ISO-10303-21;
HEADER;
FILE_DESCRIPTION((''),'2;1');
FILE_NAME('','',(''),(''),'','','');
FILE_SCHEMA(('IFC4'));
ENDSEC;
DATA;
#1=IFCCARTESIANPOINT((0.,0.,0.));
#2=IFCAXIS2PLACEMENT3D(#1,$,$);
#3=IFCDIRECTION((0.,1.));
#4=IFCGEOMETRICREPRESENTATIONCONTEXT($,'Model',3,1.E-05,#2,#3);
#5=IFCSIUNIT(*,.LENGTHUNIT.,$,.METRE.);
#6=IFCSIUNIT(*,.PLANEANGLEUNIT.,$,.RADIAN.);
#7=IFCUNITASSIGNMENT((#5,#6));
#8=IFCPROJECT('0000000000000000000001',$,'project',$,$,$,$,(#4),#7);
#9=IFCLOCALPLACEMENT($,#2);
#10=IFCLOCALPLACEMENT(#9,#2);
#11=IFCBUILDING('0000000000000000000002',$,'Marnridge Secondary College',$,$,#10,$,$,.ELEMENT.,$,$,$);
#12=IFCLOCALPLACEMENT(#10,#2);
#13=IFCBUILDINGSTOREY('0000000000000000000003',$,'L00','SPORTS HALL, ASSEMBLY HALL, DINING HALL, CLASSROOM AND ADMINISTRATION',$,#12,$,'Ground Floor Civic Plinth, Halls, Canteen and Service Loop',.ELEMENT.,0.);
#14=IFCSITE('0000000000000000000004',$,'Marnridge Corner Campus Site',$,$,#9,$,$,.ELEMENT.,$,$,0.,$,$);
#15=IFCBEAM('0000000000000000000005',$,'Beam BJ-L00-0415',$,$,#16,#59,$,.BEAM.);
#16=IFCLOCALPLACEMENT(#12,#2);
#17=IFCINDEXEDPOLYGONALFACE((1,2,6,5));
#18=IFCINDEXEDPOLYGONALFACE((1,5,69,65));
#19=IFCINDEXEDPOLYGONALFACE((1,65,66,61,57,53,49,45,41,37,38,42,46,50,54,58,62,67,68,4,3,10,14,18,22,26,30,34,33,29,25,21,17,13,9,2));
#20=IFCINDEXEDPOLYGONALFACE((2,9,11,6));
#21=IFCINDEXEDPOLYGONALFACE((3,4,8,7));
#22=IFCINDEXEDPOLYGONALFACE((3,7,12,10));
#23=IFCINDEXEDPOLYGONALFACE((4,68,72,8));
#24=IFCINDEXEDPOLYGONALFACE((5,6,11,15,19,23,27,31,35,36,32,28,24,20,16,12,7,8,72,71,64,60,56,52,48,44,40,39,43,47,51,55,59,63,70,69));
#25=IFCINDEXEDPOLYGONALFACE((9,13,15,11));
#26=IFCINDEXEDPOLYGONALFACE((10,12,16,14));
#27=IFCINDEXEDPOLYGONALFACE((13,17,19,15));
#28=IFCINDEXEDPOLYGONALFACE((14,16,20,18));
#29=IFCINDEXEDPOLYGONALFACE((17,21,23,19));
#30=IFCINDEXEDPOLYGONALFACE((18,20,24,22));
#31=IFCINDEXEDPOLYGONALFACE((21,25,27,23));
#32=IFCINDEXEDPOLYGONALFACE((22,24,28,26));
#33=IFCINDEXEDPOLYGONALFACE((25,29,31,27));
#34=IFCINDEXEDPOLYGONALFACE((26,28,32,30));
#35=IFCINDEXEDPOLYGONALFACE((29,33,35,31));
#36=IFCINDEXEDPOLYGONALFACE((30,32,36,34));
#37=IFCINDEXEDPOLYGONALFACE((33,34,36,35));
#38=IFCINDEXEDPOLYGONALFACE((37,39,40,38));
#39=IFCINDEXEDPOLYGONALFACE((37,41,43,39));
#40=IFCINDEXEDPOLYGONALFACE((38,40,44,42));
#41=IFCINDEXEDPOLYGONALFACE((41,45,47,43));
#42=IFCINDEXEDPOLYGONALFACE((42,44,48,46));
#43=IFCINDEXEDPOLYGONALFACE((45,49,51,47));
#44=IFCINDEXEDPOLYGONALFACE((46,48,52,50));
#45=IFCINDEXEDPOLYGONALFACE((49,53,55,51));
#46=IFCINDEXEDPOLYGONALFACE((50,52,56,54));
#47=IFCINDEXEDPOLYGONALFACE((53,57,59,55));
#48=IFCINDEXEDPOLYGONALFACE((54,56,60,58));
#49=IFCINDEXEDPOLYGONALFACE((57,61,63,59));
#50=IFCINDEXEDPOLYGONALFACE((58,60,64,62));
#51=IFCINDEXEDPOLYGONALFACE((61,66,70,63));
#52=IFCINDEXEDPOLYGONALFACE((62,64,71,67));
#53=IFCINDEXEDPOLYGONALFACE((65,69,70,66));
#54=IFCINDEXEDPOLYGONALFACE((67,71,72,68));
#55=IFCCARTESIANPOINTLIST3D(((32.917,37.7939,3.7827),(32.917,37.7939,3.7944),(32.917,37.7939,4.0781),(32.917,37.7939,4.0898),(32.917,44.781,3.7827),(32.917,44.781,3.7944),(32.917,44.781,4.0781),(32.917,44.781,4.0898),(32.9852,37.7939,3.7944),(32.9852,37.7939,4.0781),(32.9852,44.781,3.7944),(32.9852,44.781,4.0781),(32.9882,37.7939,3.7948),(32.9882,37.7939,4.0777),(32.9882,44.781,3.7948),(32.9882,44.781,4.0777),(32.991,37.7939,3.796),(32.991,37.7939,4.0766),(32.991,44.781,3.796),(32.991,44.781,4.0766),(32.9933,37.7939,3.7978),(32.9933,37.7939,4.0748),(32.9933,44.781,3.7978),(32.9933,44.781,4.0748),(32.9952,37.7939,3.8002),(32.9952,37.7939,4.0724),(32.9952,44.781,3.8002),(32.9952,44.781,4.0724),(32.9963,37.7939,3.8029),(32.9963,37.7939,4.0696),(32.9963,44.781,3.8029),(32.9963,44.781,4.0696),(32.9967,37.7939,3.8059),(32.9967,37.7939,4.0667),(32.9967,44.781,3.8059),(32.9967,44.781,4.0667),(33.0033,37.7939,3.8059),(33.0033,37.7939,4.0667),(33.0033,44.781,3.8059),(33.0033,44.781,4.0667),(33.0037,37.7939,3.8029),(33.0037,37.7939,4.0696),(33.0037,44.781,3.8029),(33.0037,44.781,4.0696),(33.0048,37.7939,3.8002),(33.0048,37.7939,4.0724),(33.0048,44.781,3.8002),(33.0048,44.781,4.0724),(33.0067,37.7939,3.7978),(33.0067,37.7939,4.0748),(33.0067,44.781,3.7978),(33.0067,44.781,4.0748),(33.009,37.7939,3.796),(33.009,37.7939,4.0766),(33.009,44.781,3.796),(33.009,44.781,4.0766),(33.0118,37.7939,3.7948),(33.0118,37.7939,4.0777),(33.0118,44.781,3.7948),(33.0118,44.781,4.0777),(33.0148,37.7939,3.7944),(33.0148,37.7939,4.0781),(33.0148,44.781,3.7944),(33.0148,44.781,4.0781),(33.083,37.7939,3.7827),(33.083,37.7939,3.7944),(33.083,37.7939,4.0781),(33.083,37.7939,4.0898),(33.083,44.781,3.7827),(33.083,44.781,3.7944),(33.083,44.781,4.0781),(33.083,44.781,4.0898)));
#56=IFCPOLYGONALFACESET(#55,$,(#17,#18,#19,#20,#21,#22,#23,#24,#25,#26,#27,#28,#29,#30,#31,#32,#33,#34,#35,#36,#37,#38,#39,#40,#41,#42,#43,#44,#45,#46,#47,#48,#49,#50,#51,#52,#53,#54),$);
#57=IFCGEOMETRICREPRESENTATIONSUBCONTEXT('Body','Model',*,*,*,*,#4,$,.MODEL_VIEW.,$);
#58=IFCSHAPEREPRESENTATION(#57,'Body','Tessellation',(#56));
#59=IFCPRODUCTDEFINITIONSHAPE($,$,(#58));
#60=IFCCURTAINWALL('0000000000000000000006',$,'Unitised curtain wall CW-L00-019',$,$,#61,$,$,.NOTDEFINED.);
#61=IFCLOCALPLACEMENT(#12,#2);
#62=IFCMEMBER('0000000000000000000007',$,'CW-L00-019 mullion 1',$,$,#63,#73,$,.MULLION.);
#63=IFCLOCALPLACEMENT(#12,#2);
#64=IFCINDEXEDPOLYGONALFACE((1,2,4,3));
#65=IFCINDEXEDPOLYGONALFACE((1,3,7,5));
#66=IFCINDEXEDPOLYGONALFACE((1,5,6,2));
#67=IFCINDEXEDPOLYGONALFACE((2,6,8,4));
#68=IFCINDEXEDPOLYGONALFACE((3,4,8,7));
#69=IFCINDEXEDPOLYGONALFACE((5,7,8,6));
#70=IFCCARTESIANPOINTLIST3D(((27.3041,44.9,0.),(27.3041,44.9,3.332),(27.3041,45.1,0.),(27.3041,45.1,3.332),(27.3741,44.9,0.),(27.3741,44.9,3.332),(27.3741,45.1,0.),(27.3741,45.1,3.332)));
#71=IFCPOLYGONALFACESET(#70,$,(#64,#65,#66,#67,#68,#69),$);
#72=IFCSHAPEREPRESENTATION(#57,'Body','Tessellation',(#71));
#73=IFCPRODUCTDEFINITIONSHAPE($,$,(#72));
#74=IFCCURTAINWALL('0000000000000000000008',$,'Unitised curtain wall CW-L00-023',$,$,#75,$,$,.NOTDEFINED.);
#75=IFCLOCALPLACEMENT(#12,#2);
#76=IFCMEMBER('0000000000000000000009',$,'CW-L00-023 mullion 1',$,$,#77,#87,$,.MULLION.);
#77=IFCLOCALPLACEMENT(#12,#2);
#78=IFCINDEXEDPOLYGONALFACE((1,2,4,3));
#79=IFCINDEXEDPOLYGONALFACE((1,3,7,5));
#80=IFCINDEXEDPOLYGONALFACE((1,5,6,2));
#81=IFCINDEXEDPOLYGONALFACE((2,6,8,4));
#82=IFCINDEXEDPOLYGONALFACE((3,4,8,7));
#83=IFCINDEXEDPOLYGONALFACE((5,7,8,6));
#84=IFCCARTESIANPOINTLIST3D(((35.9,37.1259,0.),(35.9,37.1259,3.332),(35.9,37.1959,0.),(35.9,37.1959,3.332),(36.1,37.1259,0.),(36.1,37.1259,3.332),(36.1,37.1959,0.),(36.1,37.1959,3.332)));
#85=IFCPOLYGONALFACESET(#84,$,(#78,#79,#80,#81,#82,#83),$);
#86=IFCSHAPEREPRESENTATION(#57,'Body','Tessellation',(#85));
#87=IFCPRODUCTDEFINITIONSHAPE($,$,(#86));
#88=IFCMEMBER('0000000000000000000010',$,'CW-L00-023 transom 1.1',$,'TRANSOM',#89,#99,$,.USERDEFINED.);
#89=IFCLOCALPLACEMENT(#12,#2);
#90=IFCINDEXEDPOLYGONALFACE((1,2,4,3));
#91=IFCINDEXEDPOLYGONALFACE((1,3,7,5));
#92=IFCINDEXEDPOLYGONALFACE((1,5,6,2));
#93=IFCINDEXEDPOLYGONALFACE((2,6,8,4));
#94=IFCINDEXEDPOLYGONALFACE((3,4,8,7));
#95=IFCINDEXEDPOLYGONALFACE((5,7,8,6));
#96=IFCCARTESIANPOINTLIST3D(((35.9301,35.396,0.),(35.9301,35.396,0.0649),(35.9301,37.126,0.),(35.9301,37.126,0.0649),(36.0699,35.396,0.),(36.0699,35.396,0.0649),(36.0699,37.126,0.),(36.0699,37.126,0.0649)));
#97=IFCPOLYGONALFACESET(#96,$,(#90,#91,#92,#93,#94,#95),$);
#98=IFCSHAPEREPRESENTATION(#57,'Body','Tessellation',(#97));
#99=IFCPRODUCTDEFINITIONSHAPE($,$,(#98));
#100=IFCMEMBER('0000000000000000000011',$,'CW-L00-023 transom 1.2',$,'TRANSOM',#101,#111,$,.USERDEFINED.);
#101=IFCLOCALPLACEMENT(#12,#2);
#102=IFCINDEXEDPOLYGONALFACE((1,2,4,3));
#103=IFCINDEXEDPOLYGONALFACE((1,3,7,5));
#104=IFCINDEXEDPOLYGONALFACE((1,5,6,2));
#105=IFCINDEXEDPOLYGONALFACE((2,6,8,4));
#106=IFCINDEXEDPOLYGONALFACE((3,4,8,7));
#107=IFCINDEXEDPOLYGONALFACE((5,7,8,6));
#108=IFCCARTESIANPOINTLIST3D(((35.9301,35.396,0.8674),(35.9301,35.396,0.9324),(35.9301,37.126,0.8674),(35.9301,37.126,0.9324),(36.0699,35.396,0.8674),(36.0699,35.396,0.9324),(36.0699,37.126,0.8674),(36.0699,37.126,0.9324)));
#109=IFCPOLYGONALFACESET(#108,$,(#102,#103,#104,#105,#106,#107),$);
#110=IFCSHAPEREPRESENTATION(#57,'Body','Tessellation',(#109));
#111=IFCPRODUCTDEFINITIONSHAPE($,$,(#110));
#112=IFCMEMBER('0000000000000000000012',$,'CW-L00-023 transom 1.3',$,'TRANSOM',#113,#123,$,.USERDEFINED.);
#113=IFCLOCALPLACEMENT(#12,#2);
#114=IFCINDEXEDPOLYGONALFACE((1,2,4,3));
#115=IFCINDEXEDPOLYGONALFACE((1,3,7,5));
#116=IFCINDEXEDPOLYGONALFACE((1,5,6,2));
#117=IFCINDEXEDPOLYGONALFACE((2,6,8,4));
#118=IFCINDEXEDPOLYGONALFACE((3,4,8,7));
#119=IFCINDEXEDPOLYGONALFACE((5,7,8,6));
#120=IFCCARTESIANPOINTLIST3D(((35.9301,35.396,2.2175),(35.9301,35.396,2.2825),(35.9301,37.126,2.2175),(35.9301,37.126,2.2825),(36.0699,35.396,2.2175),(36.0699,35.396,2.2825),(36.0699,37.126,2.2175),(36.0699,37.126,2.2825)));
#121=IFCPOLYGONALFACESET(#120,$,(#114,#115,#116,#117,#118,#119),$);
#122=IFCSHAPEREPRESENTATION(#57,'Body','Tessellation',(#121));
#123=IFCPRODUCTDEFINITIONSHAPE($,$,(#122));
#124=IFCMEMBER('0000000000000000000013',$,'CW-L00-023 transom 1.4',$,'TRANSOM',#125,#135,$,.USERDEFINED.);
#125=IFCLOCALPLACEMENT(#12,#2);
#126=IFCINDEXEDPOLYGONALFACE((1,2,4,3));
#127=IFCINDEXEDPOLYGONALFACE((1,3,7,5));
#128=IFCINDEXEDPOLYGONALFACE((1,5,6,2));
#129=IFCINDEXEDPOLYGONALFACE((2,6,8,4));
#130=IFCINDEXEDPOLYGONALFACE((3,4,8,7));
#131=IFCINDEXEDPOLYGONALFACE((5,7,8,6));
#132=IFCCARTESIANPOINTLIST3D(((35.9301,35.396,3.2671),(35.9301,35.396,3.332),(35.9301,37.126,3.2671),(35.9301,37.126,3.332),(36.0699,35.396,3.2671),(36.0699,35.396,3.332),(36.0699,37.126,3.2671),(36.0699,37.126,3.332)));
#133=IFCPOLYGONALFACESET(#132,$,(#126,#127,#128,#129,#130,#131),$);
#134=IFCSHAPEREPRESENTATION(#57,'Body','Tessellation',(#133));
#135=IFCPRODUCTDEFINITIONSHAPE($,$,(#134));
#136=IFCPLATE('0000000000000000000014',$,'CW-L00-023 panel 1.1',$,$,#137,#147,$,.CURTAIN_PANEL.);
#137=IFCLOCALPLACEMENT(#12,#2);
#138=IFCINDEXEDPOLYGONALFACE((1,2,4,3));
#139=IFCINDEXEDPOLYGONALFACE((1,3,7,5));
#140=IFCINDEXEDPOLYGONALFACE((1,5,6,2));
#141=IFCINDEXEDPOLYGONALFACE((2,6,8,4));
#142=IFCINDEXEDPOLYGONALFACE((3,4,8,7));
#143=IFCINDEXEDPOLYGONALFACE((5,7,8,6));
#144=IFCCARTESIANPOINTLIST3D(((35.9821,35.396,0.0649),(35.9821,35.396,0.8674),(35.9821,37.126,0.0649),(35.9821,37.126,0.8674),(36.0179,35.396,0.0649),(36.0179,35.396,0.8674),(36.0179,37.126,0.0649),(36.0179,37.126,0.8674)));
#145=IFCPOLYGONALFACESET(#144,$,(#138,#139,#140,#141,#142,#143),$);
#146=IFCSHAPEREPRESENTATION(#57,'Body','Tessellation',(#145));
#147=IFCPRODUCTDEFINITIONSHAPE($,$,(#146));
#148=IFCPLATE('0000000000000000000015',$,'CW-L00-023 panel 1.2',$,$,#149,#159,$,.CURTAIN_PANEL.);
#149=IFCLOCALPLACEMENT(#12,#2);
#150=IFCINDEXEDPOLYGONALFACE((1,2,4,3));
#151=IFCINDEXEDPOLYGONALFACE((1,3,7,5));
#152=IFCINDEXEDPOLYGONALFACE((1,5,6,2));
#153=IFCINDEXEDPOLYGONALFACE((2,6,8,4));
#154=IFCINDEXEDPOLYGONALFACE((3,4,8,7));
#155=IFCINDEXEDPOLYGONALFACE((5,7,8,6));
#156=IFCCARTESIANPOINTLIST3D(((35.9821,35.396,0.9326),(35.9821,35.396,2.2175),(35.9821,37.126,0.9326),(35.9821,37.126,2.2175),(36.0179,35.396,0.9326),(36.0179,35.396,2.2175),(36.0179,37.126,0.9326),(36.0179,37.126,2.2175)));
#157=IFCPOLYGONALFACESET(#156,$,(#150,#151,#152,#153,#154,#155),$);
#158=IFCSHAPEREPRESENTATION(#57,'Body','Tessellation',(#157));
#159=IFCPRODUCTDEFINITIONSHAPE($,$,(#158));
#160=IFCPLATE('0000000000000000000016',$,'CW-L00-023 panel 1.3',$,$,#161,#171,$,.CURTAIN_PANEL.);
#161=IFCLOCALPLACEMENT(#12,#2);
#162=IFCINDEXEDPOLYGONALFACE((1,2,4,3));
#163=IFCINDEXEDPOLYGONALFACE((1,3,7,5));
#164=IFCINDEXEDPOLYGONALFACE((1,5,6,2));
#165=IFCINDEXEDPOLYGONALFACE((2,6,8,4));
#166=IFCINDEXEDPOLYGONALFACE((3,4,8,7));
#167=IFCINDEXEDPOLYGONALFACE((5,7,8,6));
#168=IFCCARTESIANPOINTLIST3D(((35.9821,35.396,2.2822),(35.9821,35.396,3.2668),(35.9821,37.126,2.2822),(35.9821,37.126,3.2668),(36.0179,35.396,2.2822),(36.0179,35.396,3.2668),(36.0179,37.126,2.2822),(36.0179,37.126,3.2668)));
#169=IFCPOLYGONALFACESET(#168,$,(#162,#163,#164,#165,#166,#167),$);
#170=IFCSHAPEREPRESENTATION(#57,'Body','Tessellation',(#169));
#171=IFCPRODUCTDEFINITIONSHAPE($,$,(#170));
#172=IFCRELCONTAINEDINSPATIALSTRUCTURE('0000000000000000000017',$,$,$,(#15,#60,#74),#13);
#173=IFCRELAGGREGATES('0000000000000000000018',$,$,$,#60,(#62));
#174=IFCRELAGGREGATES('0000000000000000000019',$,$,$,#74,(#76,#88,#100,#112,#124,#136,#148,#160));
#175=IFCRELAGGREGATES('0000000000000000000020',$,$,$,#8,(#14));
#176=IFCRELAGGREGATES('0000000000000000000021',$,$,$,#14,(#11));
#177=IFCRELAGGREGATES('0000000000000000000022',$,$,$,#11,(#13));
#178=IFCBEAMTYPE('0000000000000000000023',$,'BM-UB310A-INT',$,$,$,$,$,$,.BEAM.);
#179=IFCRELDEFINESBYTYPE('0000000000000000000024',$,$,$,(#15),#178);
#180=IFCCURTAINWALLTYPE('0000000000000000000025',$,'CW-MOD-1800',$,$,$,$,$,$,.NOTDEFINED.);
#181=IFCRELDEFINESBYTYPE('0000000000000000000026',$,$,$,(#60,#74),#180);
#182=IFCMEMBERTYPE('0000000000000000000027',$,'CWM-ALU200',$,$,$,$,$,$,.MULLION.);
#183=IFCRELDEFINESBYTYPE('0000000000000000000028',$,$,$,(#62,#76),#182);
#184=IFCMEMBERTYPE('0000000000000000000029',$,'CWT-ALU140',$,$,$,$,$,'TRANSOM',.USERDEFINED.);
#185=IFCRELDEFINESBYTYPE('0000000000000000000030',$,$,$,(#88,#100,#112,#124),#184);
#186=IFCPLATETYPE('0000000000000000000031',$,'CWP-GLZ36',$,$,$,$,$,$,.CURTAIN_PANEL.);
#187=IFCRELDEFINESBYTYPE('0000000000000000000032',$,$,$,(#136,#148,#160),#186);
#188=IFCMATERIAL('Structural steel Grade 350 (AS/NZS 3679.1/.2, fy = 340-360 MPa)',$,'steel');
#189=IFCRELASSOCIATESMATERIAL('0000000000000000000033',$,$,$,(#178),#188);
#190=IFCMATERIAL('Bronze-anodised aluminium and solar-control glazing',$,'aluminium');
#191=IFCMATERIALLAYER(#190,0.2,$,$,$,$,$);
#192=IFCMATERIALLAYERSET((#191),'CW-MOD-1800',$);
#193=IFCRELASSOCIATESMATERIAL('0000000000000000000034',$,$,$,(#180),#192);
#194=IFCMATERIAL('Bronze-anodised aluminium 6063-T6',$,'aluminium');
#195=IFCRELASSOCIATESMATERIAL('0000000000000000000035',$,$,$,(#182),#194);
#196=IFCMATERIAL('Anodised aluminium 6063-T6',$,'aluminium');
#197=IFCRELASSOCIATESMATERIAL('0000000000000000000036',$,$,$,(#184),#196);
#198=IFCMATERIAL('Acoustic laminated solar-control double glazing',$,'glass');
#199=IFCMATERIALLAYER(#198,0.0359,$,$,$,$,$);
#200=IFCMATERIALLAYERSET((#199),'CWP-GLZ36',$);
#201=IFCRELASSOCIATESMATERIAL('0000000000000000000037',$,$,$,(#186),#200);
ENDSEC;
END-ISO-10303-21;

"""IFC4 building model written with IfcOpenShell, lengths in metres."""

from ifc_helpers import new_model, si_unit, direction, frame, origin, origin_2d, place, context, subcontext, project, spatial, rectangle, i_section, extrude, material, layer, layer_set, material_profile, profile_set, type_object, element, aggregate, save


model = new_model("IFC4")

# Units and contexts
model_context = context("Model", 3, precision=1e-05, world=origin(), true_north=direction((0.0, 1.0)))
body_context = subcontext(model_context, "Body", "Model", "MODEL_VIEW")
ifc_project = project(units=[si_unit("LENGTHUNIT", "METRE"), si_unit("PLANEANGLEUNIT", "RADIAN")], contexts=[model_context])

# Site, building, storey
site_placement = place(None, origin())
site = spatial("IfcSite", under=ifc_project, at=site_placement, Name="Marnridge Corner Campus Site", CompositionType="ELEMENT", RefElevation=0.0)
building_placement = place(site_placement, origin())
building = spatial("IfcBuilding", under=site, at=building_placement, Name="Marnridge Secondary College", CompositionType="ELEMENT")
storey_placement = place(building_placement, origin())
storey = spatial("IfcBuildingStorey", under=building, at=storey_placement, Name="L00", Description="SPORTS HALL, ASSEMBLY HALL, DINING HALL, CLASSROOM AND ADMINISTRATION", LongName="Ground Floor Civic Plinth, Halls, Canteen and Service Loop", CompositionType="ELEMENT", Elevation=0.0)

# Beam
ifc_material_1 = material(Name="Structural steel Grade 350 (AS/NZS 3679.1/.2, fy = 340-360 MPa)", Category="steel")
ifc_material_profile_1 = material_profile(ifc_material_1, i_section(OverallWidth=0.166, OverallDepth=0.3071, WebThickness=0.0066, FlangeThickness=0.0117, FilletRadius=0.0115, at=origin_2d()), Name="310UB46.2")
ifc_profile_set_1 = profile_set([ifc_material_profile_1], Name="Structural steel Grade 350 (AS/NZS 3679.1/.2, fy = 340-360 MPa)")
beam_type_1 = type_object("IfcBeamType", Name="BM-UB310A-INT", PredefinedType="BEAM", material=ifc_profile_set_1)
for number, where, z_axis, x_axis, name in (
    (1, (33.0, 37.7939, 3.9363), (0.0, 1.0, 0.0), (-1.0, 0.0, 0.0), "Beam BJ-L00-0415"),
):
    element("IfcBeam", number, at=place(storey_placement, frame(where, z_axis=z_axis, x_axis=x_axis)), inside=storey, type_object=beam_type_1, Name=name, PredefinedType="BEAM", context=body_context, shape_type="SweptSolid", body=[
        extrude(i_section(OverallWidth=0.166, OverallDepth=0.3071, WebThickness=0.0066, FlangeThickness=0.0117, FilletRadius=0.0115, at=origin_2d()), origin(), (0.0, 0.0, 1.0), 6.9871),
    ])

# Curtain wall, member
ifc_material_2 = material(Name="Bronze-anodised aluminium and solar-control glazing", Category="aluminium")
ifc_layer_1 = layer(ifc_material_2, 0.2)
ifc_layer_set_1 = layer_set([ifc_layer_1], Name="CW-MOD-1800")
curtain_wall_type = type_object("IfcCurtainWallType", Name="CW-MOD-1800", PredefinedType="NOTDEFINED", material=ifc_layer_set_1)
curtain_wall_1_placement = place(storey_placement, origin())
curtain_wall_1 = element("IfcCurtainWall", 2, at=curtain_wall_1_placement, inside=storey, type_object=curtain_wall_type, Name="Unitised curtain wall CW-L00-019", PredefinedType="NOTDEFINED")
ifc_material_3 = material(Name="Bronze-anodised aluminium 6063-T6", Category="aluminium")
ifc_material_profile_2 = material_profile(ifc_material_3, rectangle(XDim=0.0701, YDim=0.2, at=origin_2d()), Name="ALU 70x200")
ifc_profile_set_2 = profile_set([ifc_material_profile_2], Name="Bronze-anodised aluminium 6063-T6")
member_type_1 = type_object("IfcMemberType", Name="CWM-ALU200", PredefinedType="MULLION", material=ifc_profile_set_2)
member_1_placement = place(storey_placement, frame((27.3391, 45.0, 0.0), z_axis=(0.0, 0.0, 1.0), x_axis=(1.0, 0.0, 0.0)))
member_1 = element("IfcMember", 3, at=member_1_placement, type_object=member_type_1, Name="CW-L00-019 mullion 1", PredefinedType="MULLION", context=body_context, shape_type="SweptSolid", body=[
    extrude(rectangle(XDim=0.0701, YDim=0.2, at=origin_2d()), origin(), (0.0, 0.0, 1.0), 3.332),
])
aggregate(curtain_wall_1, [member_1])

# Curtain wall, members, plates
curtain_wall_2_placement = place(storey_placement, origin())
curtain_wall_2 = element("IfcCurtainWall", 4, at=curtain_wall_2_placement, inside=storey, type_object=curtain_wall_type, Name="Unitised curtain wall CW-L00-023", PredefinedType="NOTDEFINED")
member_2_placement = place(storey_placement, frame((36.0, 37.1609, 0.0), z_axis=(0.0, 0.0, 1.0), x_axis=(0.0, -1.0, 0.0)))
member_2 = element("IfcMember", 5, at=member_2_placement, type_object=member_type_1, Name="CW-L00-023 mullion 1", PredefinedType="MULLION", context=body_context, shape_type="SweptSolid", body=[
    extrude(rectangle(XDim=0.0701, YDim=0.2, at=origin_2d()), origin(), (0.0, 0.0, 1.0), 3.332),
])
ifc_material_4 = material(Name="Anodised aluminium 6063-T6", Category="aluminium")
ifc_material_profile_3 = material_profile(ifc_material_4, rectangle(XDim=0.0649, YDim=0.1399, at=origin_2d()), Name="ALU 65x140")
ifc_profile_set_3 = profile_set([ifc_material_profile_3], Name="Anodised aluminium 6063-T6")
member_type_2 = type_object("IfcMemberType", Name="CWT-ALU140", ElementType="TRANSOM", PredefinedType="USERDEFINED", material=ifc_profile_set_3)
member_3_placement = place(storey_placement, frame((36.0, 37.126, 0.0325), z_axis=(0.0, -1.0, 0.0), x_axis=(0.0, 0.0, 1.0)))
member_3 = element("IfcMember", 6, at=member_3_placement, type_object=member_type_2, Name="CW-L00-023 transom 1.1", ObjectType="TRANSOM", PredefinedType="USERDEFINED", context=body_context, shape_type="SweptSolid", body=[
    extrude(rectangle(XDim=0.0649, YDim=0.1399, at=origin_2d()), origin(), (0.0, 0.0, 1.0), 1.73),
])
member_4_placement = place(storey_placement, frame((36.0, 37.126, 0.8999), z_axis=(0.0, -1.0, 0.0), x_axis=(0.0, 0.0, 1.0)))
member_4 = element("IfcMember", 7, at=member_4_placement, type_object=member_type_2, Name="CW-L00-023 transom 1.2", ObjectType="TRANSOM", PredefinedType="USERDEFINED", context=body_context, shape_type="SweptSolid", body=[
    extrude(rectangle(XDim=0.0649, YDim=0.1399, at=origin_2d()), origin(), (0.0, 0.0, 1.0), 1.73),
])
member_5_placement = place(storey_placement, frame((36.0, 37.126, 2.25), z_axis=(0.0, -1.0, 0.0), x_axis=(0.0, 0.0, 1.0)))
member_5 = element("IfcMember", 8, at=member_5_placement, type_object=member_type_2, Name="CW-L00-023 transom 1.3", ObjectType="TRANSOM", PredefinedType="USERDEFINED", context=body_context, shape_type="SweptSolid", body=[
    extrude(rectangle(XDim=0.0649, YDim=0.1399, at=origin_2d()), origin(), (0.0, 0.0, 1.0), 1.73),
])
member_6_placement = place(storey_placement, frame((36.0, 37.126, 3.2996), z_axis=(0.0, -1.0, 0.0), x_axis=(0.0, 0.0, 1.0)))
member_6 = element("IfcMember", 9, at=member_6_placement, type_object=member_type_2, Name="CW-L00-023 transom 1.4", ObjectType="TRANSOM", PredefinedType="USERDEFINED", context=body_context, shape_type="SweptSolid", body=[
    extrude(rectangle(XDim=0.0649, YDim=0.1399, at=origin_2d()), origin(), (0.0, 0.0, 1.0), 1.73),
])
ifc_material_5 = material(Name="Acoustic laminated solar-control double glazing", Category="glass")
ifc_layer_2 = layer(ifc_material_5, 0.0359)
ifc_layer_set_2 = layer_set([ifc_layer_2], Name="CWP-GLZ36")
plate_type = type_object("IfcPlateType", Name="CWP-GLZ36", PredefinedType="CURTAIN_PANEL", material=ifc_layer_set_2)
plate_1_placement = place(storey_placement, frame((36.0, 36.261, 0.0649), z_axis=(0.0, 0.0, 1.0), x_axis=(0.0, -1.0, 0.0)))
plate_1 = element("IfcPlate", 10, at=plate_1_placement, type_object=plate_type, Name="CW-L00-023 panel 1.1", PredefinedType="CURTAIN_PANEL", context=body_context, shape_type="SweptSolid", body=[
    extrude(rectangle(XDim=1.73, YDim=0.0359, at=origin_2d()), origin(), (0.0, 0.0, 1.0), 0.8025),
])
plate_2_placement = place(storey_placement, frame((36.0, 36.261, 0.9326), z_axis=(0.0, 0.0, 1.0), x_axis=(0.0, -1.0, 0.0)))
plate_2 = element("IfcPlate", 11, at=plate_2_placement, type_object=plate_type, Name="CW-L00-023 panel 1.2", PredefinedType="CURTAIN_PANEL", context=body_context, shape_type="SweptSolid", body=[
    extrude(rectangle(XDim=1.73, YDim=0.0359, at=origin_2d()), origin(), (0.0, 0.0, 1.0), 1.2849),
])
plate_3_placement = place(storey_placement, frame((36.0, 36.261, 2.2822), z_axis=(0.0, 0.0, 1.0), x_axis=(0.0, -1.0, 0.0)))
plate_3 = element("IfcPlate", 12, at=plate_3_placement, type_object=plate_type, Name="CW-L00-023 panel 1.3", PredefinedType="CURTAIN_PANEL", context=body_context, shape_type="SweptSolid", body=[
    extrude(rectangle(XDim=1.73, YDim=0.0359, at=origin_2d()), origin(), (0.0, 0.0, 1.0), 0.9846),
])
aggregate(curtain_wall_2, [member_2, member_3, member_4, member_5, member_6, plate_1, plate_2, plate_3])

save(model, "model.ifc")
